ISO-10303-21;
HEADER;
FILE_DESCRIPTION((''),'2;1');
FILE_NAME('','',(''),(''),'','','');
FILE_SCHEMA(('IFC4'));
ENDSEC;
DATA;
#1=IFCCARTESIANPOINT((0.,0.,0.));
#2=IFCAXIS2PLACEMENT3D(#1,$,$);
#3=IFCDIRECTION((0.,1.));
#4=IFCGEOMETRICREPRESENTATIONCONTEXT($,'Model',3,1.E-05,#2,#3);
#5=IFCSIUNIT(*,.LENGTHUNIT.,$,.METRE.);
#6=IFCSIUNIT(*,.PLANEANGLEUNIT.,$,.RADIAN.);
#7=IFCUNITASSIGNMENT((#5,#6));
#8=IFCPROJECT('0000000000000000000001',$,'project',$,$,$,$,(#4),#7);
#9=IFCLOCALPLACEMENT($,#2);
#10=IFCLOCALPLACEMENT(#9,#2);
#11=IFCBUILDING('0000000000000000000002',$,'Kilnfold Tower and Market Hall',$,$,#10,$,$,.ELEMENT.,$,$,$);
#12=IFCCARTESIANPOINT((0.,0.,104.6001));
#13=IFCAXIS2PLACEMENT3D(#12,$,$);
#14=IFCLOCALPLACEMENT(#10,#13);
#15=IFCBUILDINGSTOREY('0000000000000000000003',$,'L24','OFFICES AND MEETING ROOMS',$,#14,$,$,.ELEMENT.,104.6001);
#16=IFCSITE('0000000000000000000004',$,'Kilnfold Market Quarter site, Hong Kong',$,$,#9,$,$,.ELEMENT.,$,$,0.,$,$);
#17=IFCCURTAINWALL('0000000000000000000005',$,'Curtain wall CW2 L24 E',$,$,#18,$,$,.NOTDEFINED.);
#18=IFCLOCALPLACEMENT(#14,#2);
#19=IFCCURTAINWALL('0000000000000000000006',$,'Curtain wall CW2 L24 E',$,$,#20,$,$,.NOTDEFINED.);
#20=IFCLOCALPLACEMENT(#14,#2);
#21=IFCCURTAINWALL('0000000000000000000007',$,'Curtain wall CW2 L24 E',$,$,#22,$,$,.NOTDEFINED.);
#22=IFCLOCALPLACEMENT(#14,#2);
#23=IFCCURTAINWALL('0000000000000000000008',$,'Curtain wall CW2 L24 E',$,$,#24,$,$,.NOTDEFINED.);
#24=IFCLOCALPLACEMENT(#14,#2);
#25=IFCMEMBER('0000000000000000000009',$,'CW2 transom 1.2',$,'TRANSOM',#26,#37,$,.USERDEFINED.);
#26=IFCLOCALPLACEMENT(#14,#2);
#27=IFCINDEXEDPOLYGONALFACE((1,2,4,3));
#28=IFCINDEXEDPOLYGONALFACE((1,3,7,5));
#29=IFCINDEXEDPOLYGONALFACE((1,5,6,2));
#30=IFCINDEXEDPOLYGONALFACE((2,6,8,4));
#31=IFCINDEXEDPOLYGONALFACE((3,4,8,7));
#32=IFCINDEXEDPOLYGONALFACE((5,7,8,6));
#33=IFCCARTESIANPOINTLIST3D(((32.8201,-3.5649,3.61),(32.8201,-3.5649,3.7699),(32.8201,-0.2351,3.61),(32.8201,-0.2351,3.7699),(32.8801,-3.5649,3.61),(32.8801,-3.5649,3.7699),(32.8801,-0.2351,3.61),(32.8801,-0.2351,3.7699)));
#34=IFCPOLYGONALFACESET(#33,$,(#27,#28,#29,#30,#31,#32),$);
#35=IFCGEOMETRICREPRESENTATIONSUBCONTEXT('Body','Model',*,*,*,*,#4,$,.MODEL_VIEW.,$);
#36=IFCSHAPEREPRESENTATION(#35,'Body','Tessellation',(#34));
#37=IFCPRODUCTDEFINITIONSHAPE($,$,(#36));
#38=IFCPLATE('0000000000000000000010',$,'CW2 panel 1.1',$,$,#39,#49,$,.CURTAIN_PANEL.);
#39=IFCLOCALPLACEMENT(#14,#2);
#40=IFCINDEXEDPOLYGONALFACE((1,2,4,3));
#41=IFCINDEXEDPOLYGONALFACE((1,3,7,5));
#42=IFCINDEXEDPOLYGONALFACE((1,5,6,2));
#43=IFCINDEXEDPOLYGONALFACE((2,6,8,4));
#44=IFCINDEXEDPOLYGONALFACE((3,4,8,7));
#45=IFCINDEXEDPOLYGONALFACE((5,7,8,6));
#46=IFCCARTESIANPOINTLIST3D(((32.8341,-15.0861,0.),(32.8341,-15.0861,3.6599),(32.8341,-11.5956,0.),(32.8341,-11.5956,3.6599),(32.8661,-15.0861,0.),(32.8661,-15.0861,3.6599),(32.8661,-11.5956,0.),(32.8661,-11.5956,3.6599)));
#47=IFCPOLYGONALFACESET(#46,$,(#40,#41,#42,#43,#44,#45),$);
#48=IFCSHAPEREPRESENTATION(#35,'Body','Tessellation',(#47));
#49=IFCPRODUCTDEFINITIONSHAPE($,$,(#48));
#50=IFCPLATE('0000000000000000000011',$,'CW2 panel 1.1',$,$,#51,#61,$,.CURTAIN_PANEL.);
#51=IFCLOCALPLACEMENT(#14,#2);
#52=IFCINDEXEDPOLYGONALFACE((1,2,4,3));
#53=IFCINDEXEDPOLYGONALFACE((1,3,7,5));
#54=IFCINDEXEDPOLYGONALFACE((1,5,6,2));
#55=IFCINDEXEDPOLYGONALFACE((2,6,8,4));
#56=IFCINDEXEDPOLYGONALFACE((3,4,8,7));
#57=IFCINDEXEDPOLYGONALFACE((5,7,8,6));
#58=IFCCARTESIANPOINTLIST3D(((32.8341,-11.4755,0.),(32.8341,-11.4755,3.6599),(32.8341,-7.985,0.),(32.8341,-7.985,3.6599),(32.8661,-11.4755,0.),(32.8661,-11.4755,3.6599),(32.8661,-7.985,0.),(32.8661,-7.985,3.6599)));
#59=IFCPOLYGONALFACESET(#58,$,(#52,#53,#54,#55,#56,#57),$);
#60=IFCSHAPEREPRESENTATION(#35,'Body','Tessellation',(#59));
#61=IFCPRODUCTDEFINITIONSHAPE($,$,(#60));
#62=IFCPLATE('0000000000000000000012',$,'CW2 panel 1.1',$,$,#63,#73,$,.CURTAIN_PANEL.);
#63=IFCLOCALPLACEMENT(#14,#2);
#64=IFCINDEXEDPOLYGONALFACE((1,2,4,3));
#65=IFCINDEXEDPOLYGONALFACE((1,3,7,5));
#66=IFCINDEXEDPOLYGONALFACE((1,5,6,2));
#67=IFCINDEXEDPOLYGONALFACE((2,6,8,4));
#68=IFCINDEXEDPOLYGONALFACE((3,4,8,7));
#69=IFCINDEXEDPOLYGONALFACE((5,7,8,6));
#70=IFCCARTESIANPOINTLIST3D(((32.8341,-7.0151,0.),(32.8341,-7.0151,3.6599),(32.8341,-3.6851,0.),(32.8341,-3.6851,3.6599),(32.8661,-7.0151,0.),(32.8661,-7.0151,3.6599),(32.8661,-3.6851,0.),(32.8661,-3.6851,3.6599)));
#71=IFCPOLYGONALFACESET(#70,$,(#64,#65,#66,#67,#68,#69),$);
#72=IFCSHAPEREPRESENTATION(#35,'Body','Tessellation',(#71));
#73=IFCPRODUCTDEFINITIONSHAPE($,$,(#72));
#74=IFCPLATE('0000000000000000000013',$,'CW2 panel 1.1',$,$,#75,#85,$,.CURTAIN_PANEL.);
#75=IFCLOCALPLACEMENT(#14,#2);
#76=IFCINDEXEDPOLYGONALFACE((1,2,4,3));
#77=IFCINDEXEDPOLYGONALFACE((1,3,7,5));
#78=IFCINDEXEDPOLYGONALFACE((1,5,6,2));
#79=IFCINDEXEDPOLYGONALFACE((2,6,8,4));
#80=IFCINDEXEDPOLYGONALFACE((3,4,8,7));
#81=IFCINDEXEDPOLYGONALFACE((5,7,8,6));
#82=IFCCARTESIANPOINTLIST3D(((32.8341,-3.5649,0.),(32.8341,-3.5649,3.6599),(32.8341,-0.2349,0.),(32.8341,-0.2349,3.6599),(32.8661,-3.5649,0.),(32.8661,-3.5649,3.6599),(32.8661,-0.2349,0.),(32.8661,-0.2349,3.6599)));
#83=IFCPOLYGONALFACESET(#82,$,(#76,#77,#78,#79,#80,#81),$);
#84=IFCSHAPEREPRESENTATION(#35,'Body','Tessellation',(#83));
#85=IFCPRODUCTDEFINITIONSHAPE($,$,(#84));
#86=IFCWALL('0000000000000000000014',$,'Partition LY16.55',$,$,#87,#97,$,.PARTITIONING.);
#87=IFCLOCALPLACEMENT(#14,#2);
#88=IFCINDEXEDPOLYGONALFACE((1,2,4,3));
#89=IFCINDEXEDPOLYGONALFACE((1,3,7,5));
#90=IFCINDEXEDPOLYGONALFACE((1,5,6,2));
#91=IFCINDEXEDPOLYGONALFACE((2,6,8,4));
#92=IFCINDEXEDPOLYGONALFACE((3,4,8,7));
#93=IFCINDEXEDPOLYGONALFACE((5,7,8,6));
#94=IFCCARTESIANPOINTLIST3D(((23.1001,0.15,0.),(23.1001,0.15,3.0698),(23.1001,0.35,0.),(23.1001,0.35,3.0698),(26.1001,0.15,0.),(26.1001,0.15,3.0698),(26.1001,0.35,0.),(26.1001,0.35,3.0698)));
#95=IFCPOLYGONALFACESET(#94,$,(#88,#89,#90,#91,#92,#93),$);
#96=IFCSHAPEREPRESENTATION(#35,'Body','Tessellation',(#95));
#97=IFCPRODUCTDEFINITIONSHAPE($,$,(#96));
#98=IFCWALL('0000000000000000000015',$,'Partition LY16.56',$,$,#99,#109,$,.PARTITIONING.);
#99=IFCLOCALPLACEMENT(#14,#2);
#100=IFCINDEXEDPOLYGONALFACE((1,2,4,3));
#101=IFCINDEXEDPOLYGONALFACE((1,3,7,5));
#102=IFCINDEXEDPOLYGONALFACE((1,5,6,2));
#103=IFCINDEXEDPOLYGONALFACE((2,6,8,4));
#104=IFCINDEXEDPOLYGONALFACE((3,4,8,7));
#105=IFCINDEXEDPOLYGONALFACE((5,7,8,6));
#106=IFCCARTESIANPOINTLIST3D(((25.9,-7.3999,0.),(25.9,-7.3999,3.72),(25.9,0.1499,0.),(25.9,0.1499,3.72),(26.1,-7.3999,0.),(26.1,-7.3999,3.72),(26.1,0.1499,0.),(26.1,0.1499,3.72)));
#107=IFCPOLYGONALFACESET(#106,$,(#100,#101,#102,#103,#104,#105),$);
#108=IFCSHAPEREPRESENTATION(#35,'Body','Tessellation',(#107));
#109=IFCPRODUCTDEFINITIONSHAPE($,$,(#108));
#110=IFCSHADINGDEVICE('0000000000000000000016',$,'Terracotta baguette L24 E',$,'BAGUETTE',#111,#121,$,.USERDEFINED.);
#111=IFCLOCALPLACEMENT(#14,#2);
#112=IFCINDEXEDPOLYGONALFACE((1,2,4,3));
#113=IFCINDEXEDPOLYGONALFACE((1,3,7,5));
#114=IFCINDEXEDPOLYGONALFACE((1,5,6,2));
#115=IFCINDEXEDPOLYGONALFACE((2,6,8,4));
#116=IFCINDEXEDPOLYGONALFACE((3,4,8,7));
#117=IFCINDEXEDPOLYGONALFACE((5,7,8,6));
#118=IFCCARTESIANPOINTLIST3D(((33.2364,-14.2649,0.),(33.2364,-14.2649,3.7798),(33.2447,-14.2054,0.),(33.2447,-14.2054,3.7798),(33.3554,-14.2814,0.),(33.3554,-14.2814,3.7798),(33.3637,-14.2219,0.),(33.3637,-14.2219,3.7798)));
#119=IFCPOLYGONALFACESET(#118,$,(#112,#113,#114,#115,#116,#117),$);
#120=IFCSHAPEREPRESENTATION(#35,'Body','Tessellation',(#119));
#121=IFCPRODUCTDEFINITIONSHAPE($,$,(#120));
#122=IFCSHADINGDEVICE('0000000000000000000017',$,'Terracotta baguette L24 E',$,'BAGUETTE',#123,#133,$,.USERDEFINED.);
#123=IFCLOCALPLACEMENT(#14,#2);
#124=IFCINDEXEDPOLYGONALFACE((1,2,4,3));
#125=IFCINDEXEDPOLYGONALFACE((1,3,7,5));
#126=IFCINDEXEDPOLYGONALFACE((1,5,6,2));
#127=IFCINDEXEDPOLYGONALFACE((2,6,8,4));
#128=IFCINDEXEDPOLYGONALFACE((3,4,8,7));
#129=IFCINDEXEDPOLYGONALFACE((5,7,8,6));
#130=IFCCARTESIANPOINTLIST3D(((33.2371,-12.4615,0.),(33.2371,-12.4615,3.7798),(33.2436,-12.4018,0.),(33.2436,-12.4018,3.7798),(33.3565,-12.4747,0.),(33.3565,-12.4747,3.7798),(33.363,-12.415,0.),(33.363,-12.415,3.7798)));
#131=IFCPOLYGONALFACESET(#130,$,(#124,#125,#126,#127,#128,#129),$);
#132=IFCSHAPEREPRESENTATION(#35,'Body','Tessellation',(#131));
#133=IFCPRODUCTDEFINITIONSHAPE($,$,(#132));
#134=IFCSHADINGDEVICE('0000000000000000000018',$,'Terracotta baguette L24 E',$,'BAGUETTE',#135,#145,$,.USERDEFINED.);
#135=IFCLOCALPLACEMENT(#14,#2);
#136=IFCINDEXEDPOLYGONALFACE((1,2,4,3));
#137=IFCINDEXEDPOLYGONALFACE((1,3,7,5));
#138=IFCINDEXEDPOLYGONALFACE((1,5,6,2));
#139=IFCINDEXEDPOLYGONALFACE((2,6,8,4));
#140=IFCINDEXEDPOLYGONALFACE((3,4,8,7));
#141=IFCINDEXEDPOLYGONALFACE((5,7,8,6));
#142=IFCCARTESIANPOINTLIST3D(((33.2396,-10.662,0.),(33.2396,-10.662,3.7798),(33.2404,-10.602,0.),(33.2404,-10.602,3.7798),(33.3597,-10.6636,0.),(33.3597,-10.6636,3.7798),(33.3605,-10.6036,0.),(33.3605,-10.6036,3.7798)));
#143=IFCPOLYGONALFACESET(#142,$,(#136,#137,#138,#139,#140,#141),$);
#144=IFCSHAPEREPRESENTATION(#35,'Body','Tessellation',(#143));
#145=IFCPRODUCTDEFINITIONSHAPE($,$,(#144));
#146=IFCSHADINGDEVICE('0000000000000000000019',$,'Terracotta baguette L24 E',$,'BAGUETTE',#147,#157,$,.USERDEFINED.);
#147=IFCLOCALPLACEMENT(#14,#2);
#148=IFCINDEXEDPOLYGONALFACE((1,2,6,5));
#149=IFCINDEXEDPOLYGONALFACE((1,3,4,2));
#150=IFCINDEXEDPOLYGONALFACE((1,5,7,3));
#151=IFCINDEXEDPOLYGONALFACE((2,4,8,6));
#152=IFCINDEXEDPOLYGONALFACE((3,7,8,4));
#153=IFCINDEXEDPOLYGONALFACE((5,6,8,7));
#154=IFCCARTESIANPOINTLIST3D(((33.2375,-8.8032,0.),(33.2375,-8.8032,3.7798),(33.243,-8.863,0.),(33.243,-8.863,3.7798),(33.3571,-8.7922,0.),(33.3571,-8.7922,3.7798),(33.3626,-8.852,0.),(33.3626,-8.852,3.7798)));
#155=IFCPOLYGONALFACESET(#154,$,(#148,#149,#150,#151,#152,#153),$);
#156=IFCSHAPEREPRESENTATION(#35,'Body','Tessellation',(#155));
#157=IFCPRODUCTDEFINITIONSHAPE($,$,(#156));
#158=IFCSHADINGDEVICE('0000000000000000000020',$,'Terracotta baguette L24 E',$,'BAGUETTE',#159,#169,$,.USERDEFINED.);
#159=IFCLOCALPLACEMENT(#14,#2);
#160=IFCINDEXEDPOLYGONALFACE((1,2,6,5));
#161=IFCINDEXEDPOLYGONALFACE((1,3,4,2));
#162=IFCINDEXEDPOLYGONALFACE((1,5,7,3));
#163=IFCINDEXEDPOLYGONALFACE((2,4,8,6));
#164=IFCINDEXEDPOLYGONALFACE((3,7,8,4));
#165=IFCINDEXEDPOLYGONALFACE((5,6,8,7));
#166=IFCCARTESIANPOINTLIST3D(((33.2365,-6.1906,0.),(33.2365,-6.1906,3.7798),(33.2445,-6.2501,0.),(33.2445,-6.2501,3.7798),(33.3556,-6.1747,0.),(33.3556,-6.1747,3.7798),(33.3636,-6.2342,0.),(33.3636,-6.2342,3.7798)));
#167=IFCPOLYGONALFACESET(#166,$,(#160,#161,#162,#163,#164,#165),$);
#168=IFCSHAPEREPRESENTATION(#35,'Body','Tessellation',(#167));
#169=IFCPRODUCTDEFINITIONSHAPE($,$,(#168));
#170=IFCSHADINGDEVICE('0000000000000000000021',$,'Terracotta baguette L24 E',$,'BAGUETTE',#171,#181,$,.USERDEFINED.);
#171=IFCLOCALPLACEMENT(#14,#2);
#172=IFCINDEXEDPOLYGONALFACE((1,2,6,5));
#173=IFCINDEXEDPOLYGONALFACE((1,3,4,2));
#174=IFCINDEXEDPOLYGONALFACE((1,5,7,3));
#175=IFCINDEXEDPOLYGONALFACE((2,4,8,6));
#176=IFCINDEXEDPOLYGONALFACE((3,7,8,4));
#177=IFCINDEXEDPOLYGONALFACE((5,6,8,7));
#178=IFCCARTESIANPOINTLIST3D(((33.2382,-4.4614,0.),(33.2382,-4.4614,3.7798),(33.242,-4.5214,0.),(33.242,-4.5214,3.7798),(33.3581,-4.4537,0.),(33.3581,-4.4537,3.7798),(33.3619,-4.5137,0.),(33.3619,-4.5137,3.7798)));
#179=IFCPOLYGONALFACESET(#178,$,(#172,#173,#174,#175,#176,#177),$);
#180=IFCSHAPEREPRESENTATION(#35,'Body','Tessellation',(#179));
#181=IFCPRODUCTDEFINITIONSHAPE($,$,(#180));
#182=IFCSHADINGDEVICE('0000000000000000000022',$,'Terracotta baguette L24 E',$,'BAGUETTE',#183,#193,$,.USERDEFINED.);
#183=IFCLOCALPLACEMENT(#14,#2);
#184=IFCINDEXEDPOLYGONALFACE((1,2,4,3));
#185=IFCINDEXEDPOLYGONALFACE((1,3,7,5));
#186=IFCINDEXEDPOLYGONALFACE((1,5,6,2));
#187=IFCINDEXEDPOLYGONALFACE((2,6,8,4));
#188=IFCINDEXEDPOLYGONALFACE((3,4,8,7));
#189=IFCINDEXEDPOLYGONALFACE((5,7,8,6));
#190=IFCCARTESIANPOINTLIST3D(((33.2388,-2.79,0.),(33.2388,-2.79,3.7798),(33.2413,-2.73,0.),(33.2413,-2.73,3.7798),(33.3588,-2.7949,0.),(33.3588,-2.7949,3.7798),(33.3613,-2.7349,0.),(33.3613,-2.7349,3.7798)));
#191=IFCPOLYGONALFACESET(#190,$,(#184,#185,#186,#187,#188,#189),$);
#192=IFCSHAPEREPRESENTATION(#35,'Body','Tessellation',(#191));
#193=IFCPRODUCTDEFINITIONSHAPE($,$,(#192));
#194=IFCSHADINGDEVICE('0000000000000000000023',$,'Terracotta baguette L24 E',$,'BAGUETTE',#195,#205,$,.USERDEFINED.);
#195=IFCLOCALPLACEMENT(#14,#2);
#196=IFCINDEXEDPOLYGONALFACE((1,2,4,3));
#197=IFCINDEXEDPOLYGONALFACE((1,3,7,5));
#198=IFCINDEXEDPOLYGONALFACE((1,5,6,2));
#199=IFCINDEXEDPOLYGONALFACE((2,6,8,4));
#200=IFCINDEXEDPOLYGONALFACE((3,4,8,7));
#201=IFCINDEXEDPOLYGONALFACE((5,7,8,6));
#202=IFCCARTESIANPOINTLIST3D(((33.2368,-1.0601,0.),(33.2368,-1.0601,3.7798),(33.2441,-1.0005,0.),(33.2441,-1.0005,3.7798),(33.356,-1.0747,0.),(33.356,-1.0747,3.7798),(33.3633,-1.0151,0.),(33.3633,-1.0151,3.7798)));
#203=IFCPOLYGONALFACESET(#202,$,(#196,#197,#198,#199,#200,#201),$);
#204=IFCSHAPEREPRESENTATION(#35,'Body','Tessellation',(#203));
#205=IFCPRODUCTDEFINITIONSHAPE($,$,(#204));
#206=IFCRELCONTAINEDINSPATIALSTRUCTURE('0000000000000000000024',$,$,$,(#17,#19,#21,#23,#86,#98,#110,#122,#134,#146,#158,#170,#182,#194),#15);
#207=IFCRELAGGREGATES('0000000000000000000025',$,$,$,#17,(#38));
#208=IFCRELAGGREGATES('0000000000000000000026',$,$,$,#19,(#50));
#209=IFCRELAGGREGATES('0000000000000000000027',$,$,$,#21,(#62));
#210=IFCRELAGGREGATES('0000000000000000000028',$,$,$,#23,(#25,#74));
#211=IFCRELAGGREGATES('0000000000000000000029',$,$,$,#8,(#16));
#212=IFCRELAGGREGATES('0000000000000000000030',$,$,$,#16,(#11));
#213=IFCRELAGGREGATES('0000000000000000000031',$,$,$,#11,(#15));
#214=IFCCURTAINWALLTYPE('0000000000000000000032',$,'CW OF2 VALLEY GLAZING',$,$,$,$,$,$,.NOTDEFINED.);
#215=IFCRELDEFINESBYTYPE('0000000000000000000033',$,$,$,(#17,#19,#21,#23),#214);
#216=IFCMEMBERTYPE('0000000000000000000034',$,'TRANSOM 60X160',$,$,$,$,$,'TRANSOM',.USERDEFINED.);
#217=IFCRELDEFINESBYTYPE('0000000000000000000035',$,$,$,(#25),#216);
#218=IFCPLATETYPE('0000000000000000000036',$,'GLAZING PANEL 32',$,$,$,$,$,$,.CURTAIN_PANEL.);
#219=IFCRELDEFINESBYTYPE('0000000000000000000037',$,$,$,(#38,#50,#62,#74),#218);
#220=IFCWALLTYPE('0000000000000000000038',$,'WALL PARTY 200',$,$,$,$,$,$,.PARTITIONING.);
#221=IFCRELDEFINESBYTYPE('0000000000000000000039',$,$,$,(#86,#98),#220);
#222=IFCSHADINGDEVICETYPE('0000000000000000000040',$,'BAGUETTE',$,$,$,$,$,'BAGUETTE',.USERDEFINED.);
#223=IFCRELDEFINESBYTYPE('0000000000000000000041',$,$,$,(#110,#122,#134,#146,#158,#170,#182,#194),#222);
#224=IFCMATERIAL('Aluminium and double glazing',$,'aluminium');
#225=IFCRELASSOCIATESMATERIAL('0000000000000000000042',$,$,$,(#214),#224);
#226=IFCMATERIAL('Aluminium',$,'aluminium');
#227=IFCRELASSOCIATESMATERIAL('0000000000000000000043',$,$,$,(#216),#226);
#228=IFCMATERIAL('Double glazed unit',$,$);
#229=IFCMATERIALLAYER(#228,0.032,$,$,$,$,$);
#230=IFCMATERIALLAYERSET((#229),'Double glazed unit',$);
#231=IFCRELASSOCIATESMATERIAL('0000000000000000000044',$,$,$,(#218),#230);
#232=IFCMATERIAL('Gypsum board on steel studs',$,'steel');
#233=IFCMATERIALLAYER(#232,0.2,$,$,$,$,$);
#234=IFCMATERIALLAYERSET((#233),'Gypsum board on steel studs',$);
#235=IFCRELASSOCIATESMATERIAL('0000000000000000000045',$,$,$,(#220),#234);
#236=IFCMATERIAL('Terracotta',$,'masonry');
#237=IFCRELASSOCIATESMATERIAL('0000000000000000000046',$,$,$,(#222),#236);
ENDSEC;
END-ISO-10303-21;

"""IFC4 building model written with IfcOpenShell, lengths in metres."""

from ifc_helpers import new_model, si_unit, direction, frame, frame_2d, origin, origin_2d, place, context, subcontext, project, spatial, rectangle, extrude, source, transform, mapped, material, layer, layer_set, material_profile, profile_set, type_object, element, aggregate, save


model = new_model("IFC4")

# Units and contexts
model_context = context("Model", 3, precision=1e-05, world=origin(), true_north=direction((0.0, 1.0)))
body_context = subcontext(model_context, "Body", "Model", "MODEL_VIEW")
ifc_project = project(units=[si_unit("LENGTHUNIT", "METRE"), si_unit("PLANEANGLEUNIT", "RADIAN")], contexts=[model_context])

# Site, building, storey
site_placement = place(None, origin())
site = spatial("IfcSite", under=ifc_project, at=site_placement, Name="Kilnfold Market Quarter site, Hong Kong", CompositionType="ELEMENT", RefElevation=0.0)
building_placement = place(site_placement, origin())
building = spatial("IfcBuilding", under=site, at=building_placement, Name="Kilnfold Tower and Market Hall", CompositionType="ELEMENT")
storey_placement = place(building_placement, frame((0.0, 0.0, 104.6001)))
storey = spatial("IfcBuildingStorey", under=building, at=storey_placement, Name="L24", Description="OFFICES AND MEETING ROOMS", CompositionType="ELEMENT", Elevation=104.6001)

# Curtain wall
ifc_material_1 = material(Name="Aluminium and double glazing", Category="aluminium")
curtain_wall_type = type_object("IfcCurtainWallType", Name="CW OF2 VALLEY GLAZING", PredefinedType="NOTDEFINED", material=ifc_material_1)
curtain_wall_1_placement = place(storey_placement, origin())
curtain_wall_1 = element("IfcCurtainWall", 1, at=curtain_wall_1_placement, inside=storey, type_object=curtain_wall_type, Name="Curtain wall CW2 L24 E", PredefinedType="NOTDEFINED")

# Curtain walls
curtain_wall_2_placement = place(storey_placement, origin())
curtain_wall_2 = element("IfcCurtainWall", 2, at=curtain_wall_2_placement, inside=storey, type_object=curtain_wall_type, Name="Curtain wall CW2 L24 E", PredefinedType="NOTDEFINED")
curtain_wall_3_placement = place(storey_placement, origin())
curtain_wall_3 = element("IfcCurtainWall", 3, at=curtain_wall_3_placement, inside=storey, type_object=curtain_wall_type, Name="Curtain wall CW2 L24 E", PredefinedType="NOTDEFINED")
curtain_wall_4_placement = place(storey_placement, origin())
curtain_wall_4 = element("IfcCurtainWall", 4, at=curtain_wall_4_placement, inside=storey, type_object=curtain_wall_type, Name="Curtain wall CW2 L24 E", PredefinedType="NOTDEFINED")

# Member
ifc_material_2 = material(Name="Aluminium", Category="aluminium")
ifc_material_profile_1 = material_profile(ifc_material_2, rectangle(XDim=0.0601, YDim=0.1599, at=origin_2d()), Name="TRANSOM 60x160")
ifc_profile_set_1 = profile_set([ifc_material_profile_1], Name="Aluminium")
member_type_1 = type_object("IfcMemberType", Name="TRANSOM 60X160", ElementType="TRANSOM", PredefinedType="USERDEFINED", material=ifc_profile_set_1)
shared_shape_1 = source(origin(), body_context, "Body", "SweptSolid", [
    extrude(rectangle(XDim=0.0601, YDim=0.1599, at=origin_2d()), origin(), (0.0, 0.0, 1.0), 3.3298),
])
member_1_placement = place(storey_placement, frame((32.8501, -3.5649, 3.6899), z_axis=(0.0, 1.0, 0.0), x_axis=(-1.0, 0.0, 0.0)))
member_1 = element("IfcMember", 5, at=member_1_placement, type_object=member_type_1, Name="CW2 transom 1.2", ObjectType="TRANSOM", PredefinedType="USERDEFINED", context=body_context, shape_type="MappedRepresentation", body=[
    mapped(shared_shape_1, transform((0.0, 0.0, 0.0))),
])

# Plates
ifc_material_3 = material(Name="Double glazed unit")
ifc_layer_1 = layer(ifc_material_3, 0.032)
ifc_layer_set_1 = layer_set([ifc_layer_1], Name="Double glazed unit")
plate_type = type_object("IfcPlateType", Name="GLAZING PANEL 32", PredefinedType="CURTAIN_PANEL", material=ifc_layer_set_1)
shared_shape_2 = source(origin(), body_context, "Body", "SweptSolid", [
    extrude(rectangle(XDim=3.4905, YDim=0.032, at=origin_2d()), origin(), (0.0, 0.0, 1.0), 3.6599),
])
plate_1_placement = place(storey_placement, frame((32.8501, -13.3408, 0.0), z_axis=(0.0, 0.0, 1.0), x_axis=(0.0, 1.0, 0.0)))
plate_1 = element("IfcPlate", 6, at=plate_1_placement, type_object=plate_type, Name="CW2 panel 1.1", PredefinedType="CURTAIN_PANEL", context=body_context, shape_type="MappedRepresentation", body=[
    mapped(shared_shape_2, transform((0.0, 0.0, 0.0))),
])
aggregate(curtain_wall_1, [plate_1])
plate_2_placement = place(storey_placement, frame((32.8501, -9.7302, 0.0), z_axis=(0.0, 0.0, 1.0), x_axis=(0.0, 1.0, 0.0)))
plate_2 = element("IfcPlate", 7, at=plate_2_placement, type_object=plate_type, Name="CW2 panel 1.1", PredefinedType="CURTAIN_PANEL", context=body_context, shape_type="MappedRepresentation", body=[
    mapped(shared_shape_2, transform((0.0, 0.0, 0.0))),
])
aggregate(curtain_wall_2, [plate_2])
shared_shape_3 = source(origin(), body_context, "Body", "SweptSolid", [
    extrude(rectangle(XDim=3.3301, YDim=0.032, at=origin_2d()), origin(), (0.0, 0.0, 1.0), 3.6599),
])
plate_3_placement = place(storey_placement, frame((32.8501, -5.3501, 0.0), z_axis=(0.0, 0.0, 1.0), x_axis=(0.0, 1.0, 0.0)))
plate_3 = element("IfcPlate", 8, at=plate_3_placement, type_object=plate_type, Name="CW2 panel 1.1", PredefinedType="CURTAIN_PANEL", context=body_context, shape_type="MappedRepresentation", body=[
    mapped(shared_shape_3, transform((0.0, 0.0, 0.0))),
])
aggregate(curtain_wall_3, [plate_3])
plate_4_placement = place(storey_placement, frame((32.8501, -1.8999, 0.0), z_axis=(0.0, 0.0, 1.0), x_axis=(0.0, 1.0, 0.0)))
plate_4 = element("IfcPlate", 9, at=plate_4_placement, type_object=plate_type, Name="CW2 panel 1.1", PredefinedType="CURTAIN_PANEL", context=body_context, shape_type="MappedRepresentation", body=[
    mapped(shared_shape_3, transform((0.0, 0.0, 0.0))),
])
aggregate(curtain_wall_4, [member_1, plate_4])

# Walls
ifc_material_4 = material(Name="Gypsum board on steel studs", Category="steel")
ifc_layer_2 = layer(ifc_material_4, 0.2)
ifc_layer_set_2 = layer_set([ifc_layer_2], Name="Gypsum board on steel studs")
wall_type = type_object("IfcWallType", Name="WALL PARTY 200", PredefinedType="PARTITIONING", material=ifc_layer_set_2)
wall_1_placement = place(storey_placement, frame((23.1001, 0.25, 0.0), z_axis=(0.0, 0.0, 1.0), x_axis=(1.0, 0.0, 0.0)))
element("IfcWall", 10, at=wall_1_placement, inside=storey, type_object=wall_type, Name="Partition LY16.55", PredefinedType="PARTITIONING", context=body_context, shape_type="SweptSolid", body=[
    extrude(rectangle(XDim=3.0, YDim=0.2, at=frame_2d((1.5, 0.0))), origin(), (0.0, 0.0, 1.0), 3.0698),
])
wall_2_placement = place(storey_placement, frame((26.0, -7.3999, 0.0), z_axis=(0.0, 0.0, 1.0), x_axis=(0.0, 1.0, 0.0)))
element("IfcWall", 11, at=wall_2_placement, inside=storey, type_object=wall_type, Name="Partition LY16.56", PredefinedType="PARTITIONING", context=body_context, shape_type="SweptSolid", body=[
    extrude(rectangle(XDim=7.5498, YDim=0.2, at=frame_2d((3.7749, 0.0))), origin(), (0.0, 0.0, 1.0), 3.72),
])

# Shading devices
ifc_material_5 = material(Name="Terracotta", Category="masonry")
ifc_material_profile_2 = material_profile(ifc_material_5, rectangle(XDim=0.0601, YDim=0.1201, at=origin_2d()), Name="BAG 60x120")
ifc_profile_set_2 = profile_set([ifc_material_profile_2], Name="Terracotta")
shading_device_type = type_object("IfcShadingDeviceType", Name="BAGUETTE", ElementType="BAGUETTE", PredefinedType="USERDEFINED", material=ifc_profile_set_2)
shared_shape_4 = source(origin(), body_context, "Body", "SweptSolid", [
    extrude(rectangle(XDim=0.0601, YDim=0.1201, at=origin_2d()), origin(), (0.0, 0.0, 1.0), 3.7798),
])
for number, where, z_axis, x_axis, name in (
    (12, (33.3, -14.2434, 0.0), (0.0, 0.0, 1.0), (0.137733, 0.990469, 0.0), "Terracotta baguette L24 E"),
    (13, (33.3, -12.4382, 0.0), (0.0, 0.0, 1.0), (0.109585, 0.993977, 0.0), "Terracotta baguette L24 E"),
    (14, (33.3, -10.6328, 0.0), (0.0, 0.0, 1.0), (0.013215, 0.999913, 0.0), "Terracotta baguette L24 E"),
    (15, (33.3, -8.8276, 0.0), (0.0, 0.0, 1.0), (-0.091458, 0.995809, 0.0), "Terracotta baguette L24 E"),
    (16, (33.3, -6.2124, 0.0), (0.0, 0.0, 1.0), (-0.132224, 0.99122, 0.0), "Terracotta baguette L24 E"),
    (17, (33.3, -4.4875, 0.0), (0.0, 0.0, 1.0), (-0.064222, 0.997936, 0.0), "Terracotta baguette L24 E"),
    (18, (33.3, -2.7625, 0.0), (0.0, 0.0, 1.0), (0.0407, 0.999171, 0.0), "Terracotta baguette L24 E"),
    (19, (33.3, -1.0376, 0.0), (0.0, 0.0, 1.0), (0.122178, 0.992508, 0.0), "Terracotta baguette L24 E"),
):
    element("IfcShadingDevice", number, at=place(storey_placement, frame(where, z_axis=z_axis, x_axis=x_axis)), inside=storey, type_object=shading_device_type, Name=name, ObjectType="BAGUETTE", PredefinedType="USERDEFINED", context=body_context, shape_type="MappedRepresentation", body=[
        mapped(shared_shape_4, transform((0.0, 0.0, 0.0))),
    ])

save(model, "model.ifc")
